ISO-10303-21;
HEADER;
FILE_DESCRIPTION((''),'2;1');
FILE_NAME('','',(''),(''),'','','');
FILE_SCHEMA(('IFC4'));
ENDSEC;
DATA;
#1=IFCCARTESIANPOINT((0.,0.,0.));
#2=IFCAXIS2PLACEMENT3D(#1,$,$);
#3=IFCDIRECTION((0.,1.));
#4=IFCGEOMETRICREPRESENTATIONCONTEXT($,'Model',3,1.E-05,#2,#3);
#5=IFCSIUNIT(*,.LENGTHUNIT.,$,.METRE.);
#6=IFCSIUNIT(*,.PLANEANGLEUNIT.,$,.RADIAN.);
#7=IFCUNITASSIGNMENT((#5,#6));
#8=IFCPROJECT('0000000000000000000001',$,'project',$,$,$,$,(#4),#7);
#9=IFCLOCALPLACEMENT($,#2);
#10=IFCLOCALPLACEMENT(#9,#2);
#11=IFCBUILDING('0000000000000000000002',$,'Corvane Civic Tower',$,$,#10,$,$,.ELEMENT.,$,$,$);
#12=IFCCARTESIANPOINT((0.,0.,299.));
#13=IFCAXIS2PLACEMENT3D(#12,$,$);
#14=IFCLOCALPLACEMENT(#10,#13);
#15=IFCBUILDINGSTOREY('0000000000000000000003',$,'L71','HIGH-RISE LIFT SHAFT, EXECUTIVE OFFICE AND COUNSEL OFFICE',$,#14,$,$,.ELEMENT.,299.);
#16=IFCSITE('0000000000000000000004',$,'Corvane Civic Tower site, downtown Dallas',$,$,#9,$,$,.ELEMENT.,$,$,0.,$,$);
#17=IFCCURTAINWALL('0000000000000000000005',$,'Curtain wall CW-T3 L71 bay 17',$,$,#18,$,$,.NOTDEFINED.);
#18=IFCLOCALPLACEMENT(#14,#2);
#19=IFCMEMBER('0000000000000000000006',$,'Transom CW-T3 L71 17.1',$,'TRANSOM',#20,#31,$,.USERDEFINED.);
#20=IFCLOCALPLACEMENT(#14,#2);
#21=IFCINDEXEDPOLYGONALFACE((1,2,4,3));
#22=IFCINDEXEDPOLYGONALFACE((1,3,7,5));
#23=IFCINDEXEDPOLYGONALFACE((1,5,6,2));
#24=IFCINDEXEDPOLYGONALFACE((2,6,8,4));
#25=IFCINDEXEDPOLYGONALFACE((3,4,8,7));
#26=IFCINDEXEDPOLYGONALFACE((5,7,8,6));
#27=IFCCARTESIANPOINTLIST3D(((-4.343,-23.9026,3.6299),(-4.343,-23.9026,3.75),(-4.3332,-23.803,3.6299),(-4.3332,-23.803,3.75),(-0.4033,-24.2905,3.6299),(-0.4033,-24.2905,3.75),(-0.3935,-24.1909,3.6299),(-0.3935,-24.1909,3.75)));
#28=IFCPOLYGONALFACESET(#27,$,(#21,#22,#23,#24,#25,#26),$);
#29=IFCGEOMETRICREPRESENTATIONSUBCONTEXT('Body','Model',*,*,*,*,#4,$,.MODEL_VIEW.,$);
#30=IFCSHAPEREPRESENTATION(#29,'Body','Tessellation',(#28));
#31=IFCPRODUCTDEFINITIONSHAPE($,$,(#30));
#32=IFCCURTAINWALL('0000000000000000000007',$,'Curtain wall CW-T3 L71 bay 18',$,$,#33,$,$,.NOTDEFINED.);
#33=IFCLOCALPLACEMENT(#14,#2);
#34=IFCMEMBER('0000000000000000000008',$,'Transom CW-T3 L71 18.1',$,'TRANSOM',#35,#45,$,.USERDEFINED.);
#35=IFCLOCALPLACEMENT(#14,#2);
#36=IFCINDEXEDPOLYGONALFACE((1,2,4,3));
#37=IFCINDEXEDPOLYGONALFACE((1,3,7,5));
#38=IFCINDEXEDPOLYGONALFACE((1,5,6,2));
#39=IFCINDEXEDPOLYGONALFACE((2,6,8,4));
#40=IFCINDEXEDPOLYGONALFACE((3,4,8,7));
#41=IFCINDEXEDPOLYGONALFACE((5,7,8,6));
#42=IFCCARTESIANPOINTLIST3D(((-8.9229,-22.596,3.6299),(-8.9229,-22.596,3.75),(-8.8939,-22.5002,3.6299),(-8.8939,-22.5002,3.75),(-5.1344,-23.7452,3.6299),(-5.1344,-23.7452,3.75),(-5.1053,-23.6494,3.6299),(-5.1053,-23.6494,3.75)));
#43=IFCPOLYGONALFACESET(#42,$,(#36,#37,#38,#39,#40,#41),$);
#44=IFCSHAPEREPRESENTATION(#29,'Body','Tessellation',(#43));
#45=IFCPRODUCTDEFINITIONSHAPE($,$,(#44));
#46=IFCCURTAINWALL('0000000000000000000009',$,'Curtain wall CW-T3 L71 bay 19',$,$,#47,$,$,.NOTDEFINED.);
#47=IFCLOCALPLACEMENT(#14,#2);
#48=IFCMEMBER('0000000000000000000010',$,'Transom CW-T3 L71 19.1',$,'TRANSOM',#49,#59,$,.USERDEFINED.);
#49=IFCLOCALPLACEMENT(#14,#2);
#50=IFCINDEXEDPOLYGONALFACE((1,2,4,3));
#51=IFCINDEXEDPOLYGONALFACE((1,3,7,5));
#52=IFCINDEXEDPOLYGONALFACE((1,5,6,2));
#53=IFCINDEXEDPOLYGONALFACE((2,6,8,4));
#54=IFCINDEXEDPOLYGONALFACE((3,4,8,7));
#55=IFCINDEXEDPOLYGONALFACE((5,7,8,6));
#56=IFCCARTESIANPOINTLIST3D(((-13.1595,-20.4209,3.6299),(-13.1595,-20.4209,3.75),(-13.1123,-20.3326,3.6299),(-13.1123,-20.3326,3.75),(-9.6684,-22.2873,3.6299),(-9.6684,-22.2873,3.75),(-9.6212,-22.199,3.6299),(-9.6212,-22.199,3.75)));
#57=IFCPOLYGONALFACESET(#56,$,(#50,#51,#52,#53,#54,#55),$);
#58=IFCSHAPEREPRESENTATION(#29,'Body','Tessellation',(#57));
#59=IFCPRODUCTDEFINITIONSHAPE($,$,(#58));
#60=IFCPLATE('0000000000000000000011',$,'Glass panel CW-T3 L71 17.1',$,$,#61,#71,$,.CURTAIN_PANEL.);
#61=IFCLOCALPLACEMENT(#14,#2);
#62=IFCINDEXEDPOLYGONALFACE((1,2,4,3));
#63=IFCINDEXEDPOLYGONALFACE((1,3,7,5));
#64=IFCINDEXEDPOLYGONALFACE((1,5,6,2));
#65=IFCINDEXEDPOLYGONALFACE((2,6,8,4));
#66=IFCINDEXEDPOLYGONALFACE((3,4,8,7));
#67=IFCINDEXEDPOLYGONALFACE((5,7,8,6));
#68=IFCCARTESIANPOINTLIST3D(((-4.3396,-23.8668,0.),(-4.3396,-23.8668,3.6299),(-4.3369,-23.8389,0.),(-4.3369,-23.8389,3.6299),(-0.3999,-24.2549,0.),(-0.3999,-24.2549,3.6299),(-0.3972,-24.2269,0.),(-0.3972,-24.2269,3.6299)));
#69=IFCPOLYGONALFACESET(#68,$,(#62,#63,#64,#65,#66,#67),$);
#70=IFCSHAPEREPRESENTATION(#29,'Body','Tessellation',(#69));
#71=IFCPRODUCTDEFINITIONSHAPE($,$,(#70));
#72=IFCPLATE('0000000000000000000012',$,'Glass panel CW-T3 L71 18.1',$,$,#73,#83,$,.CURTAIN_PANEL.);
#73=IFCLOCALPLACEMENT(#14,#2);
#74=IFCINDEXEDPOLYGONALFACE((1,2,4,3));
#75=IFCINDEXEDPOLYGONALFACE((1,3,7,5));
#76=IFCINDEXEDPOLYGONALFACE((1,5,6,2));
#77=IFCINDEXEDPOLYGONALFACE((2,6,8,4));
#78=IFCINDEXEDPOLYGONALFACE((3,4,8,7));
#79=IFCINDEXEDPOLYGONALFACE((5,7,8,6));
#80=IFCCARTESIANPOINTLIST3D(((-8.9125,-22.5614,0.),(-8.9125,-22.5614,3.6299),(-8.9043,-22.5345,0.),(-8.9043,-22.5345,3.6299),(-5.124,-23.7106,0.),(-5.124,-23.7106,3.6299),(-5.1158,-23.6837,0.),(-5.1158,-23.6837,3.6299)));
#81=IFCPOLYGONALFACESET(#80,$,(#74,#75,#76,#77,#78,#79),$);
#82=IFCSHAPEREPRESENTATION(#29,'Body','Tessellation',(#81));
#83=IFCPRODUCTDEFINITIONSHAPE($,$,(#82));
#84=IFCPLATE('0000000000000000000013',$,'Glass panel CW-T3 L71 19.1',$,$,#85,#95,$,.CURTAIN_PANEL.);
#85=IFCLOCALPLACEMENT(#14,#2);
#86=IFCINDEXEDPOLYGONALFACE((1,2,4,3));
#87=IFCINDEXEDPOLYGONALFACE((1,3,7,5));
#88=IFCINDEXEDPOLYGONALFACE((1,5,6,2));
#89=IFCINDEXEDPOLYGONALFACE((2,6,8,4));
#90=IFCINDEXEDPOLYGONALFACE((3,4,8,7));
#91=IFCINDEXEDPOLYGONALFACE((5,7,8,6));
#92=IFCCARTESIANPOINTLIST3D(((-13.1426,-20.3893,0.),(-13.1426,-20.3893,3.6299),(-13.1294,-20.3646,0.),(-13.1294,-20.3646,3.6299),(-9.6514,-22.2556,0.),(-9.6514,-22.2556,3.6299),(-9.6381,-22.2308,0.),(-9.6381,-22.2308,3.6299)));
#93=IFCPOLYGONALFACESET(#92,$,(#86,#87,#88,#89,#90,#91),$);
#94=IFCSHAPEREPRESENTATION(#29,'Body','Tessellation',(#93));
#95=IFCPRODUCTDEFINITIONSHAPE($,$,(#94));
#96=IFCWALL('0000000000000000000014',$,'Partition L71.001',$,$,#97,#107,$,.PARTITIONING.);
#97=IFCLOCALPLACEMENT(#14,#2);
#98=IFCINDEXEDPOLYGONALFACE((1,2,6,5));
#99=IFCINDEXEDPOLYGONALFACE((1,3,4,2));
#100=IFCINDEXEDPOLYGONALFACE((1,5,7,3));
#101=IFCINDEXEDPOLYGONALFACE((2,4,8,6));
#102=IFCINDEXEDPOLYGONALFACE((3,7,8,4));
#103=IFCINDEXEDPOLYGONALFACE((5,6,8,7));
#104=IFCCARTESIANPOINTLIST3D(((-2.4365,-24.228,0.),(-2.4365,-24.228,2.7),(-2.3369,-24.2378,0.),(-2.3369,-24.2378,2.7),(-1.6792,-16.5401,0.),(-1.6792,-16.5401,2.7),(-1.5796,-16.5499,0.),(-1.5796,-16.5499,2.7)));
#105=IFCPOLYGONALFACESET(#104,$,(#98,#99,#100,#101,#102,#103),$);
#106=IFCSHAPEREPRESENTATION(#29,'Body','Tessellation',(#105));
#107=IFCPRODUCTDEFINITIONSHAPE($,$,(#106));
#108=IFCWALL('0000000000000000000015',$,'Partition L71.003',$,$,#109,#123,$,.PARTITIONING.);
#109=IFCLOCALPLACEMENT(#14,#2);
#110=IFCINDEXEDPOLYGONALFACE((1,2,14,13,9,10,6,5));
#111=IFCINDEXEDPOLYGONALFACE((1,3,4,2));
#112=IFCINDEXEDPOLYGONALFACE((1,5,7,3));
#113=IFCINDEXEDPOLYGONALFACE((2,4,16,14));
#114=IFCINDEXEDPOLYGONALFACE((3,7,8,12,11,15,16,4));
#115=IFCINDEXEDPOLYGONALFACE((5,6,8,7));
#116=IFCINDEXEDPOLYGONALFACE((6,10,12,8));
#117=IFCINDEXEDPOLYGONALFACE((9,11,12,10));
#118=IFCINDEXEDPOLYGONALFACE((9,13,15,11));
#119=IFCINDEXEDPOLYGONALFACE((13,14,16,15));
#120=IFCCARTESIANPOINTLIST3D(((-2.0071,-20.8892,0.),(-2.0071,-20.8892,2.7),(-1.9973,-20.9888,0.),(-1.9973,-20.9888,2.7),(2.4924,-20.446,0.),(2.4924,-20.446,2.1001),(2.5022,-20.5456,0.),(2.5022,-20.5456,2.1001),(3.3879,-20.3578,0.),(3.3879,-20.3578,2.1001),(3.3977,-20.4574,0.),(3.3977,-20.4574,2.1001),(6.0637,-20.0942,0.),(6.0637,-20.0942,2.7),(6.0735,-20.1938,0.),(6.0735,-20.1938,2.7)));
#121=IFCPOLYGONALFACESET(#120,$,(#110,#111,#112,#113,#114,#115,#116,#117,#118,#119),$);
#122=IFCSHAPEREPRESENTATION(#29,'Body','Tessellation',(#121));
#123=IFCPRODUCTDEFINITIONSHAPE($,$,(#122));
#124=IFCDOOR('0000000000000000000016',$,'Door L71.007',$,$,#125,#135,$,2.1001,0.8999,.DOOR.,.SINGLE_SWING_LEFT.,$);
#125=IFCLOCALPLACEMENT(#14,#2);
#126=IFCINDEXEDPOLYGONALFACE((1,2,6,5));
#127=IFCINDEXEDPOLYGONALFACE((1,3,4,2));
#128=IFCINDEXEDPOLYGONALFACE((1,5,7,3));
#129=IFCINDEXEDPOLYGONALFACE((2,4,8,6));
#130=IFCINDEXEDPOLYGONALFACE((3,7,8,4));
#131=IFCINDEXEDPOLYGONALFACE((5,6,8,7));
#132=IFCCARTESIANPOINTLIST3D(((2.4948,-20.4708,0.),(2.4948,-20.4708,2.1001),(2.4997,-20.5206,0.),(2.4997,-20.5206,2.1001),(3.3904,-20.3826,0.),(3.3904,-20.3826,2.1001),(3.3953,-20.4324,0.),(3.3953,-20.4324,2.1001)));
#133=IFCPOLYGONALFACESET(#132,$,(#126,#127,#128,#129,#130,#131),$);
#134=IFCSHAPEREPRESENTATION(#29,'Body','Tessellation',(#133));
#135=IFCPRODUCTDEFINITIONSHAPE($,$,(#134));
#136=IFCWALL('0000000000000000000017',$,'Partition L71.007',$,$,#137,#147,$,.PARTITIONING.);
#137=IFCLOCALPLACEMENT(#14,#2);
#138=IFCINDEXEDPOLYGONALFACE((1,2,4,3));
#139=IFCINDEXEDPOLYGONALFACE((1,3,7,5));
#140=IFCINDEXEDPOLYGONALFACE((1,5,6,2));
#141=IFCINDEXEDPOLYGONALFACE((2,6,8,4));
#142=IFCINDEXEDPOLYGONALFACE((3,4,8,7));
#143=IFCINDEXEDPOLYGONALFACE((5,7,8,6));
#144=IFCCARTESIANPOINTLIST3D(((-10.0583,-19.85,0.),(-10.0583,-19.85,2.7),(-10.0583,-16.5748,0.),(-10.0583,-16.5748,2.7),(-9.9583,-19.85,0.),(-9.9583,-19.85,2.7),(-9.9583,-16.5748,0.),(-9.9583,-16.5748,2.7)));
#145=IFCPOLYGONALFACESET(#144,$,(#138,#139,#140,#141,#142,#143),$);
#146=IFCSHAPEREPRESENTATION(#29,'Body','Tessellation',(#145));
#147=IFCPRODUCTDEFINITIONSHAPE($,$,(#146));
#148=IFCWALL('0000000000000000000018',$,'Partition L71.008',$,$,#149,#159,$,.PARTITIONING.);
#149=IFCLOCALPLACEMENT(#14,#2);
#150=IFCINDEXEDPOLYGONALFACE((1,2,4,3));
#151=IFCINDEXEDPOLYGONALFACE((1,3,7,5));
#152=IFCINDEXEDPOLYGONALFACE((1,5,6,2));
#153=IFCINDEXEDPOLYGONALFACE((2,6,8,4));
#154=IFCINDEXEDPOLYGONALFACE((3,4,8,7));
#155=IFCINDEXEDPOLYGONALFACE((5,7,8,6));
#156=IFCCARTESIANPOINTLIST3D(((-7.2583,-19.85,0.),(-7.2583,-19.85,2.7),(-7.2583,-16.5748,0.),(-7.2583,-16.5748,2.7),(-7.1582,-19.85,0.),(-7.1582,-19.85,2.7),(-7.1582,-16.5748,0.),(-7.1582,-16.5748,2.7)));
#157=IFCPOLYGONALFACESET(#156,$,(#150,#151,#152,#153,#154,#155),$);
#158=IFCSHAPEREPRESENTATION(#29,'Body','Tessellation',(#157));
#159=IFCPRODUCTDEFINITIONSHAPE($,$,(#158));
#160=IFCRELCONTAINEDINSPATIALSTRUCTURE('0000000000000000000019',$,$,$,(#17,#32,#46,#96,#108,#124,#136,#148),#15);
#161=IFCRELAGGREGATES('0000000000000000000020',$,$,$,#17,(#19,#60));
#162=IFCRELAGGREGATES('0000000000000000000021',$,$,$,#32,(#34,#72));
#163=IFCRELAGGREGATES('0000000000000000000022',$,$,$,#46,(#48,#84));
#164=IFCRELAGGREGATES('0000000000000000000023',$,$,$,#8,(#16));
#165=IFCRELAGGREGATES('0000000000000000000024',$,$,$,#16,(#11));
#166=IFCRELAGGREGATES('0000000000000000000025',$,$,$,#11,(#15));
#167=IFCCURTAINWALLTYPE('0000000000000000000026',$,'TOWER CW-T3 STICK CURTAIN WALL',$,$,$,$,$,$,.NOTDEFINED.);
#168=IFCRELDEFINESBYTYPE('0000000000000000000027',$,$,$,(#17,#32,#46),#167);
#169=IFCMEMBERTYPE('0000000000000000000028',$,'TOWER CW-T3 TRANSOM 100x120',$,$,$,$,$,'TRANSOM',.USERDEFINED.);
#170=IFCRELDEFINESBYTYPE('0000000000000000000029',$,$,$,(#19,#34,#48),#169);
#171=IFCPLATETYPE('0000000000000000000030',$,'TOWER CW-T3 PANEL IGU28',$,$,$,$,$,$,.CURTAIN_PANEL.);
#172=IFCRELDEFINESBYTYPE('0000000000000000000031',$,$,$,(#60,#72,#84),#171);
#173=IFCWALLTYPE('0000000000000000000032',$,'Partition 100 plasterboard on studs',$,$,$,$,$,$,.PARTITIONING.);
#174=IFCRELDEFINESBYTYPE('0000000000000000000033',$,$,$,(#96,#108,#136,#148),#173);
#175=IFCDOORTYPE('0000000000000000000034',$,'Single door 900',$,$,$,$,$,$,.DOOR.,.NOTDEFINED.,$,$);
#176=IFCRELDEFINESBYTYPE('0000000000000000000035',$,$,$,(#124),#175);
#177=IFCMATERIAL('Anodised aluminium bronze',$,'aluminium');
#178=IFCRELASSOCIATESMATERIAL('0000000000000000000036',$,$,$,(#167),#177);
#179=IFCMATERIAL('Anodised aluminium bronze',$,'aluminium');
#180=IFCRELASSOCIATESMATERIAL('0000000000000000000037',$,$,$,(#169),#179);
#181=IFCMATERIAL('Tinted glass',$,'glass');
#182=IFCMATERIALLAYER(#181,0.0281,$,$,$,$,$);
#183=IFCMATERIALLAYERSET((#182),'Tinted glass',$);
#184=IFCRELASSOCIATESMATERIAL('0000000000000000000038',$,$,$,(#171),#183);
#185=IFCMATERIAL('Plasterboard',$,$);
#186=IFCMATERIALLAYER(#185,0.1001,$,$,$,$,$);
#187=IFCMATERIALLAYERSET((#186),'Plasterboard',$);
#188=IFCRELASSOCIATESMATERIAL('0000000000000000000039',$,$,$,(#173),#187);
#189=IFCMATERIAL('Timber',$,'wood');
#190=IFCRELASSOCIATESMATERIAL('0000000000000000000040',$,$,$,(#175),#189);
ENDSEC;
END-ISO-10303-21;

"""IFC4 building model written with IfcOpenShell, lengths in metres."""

from ifc_helpers import new_model, si_unit, direction, frame, frame_2d, origin, origin_2d, place, context, subcontext, project, spatial, rectangle, extrude, material, layer, layer_set, material_profile, profile_set, type_object, element, fill, aggregate, save


model = new_model("IFC4")

# Units and contexts
model_context = context("Model", 3, precision=1e-05, world=origin(), true_north=direction((0.0, 1.0)))
body_context = subcontext(model_context, "Body", "Model", "MODEL_VIEW")
ifc_project = project(units=[si_unit("LENGTHUNIT", "METRE"), si_unit("PLANEANGLEUNIT", "RADIAN")], contexts=[model_context])

# Site, building, storey
site_placement = place(None, origin())
site = spatial("IfcSite", under=ifc_project, at=site_placement, Name="Corvane Civic Tower site, downtown Dallas", CompositionType="ELEMENT", RefElevation=0.0)
building_placement = place(site_placement, origin())
building = spatial("IfcBuilding", under=site, at=building_placement, Name="Corvane Civic Tower", CompositionType="ELEMENT")
storey_placement = place(building_placement, frame((0.0, 0.0, 299.0)))
storey = spatial("IfcBuildingStorey", under=building, at=storey_placement, Name="L71", Description="HIGH-RISE LIFT SHAFT, EXECUTIVE OFFICE AND COUNSEL OFFICE", CompositionType="ELEMENT", Elevation=299.0)

# Curtain walls, members
ifc_material_1 = material(Name="Anodised aluminium bronze", Category="aluminium")
curtain_wall_type = type_object("IfcCurtainWallType", Name="TOWER CW-T3 STICK CURTAIN WALL", PredefinedType="NOTDEFINED", material=ifc_material_1)
curtain_wall_1_placement = place(storey_placement, origin())
curtain_wall_1 = element("IfcCurtainWall", 1, at=curtain_wall_1_placement, inside=storey, type_object=curtain_wall_type, Name="Curtain wall CW-T3 L71 bay 17", PredefinedType="NOTDEFINED")
ifc_material_2 = material(Name="Anodised aluminium bronze", Category="aluminium")
ifc_material_profile_1 = material_profile(ifc_material_2, rectangle(XDim=0.1001, YDim=0.1201, at=origin_2d()), Name="TOWER CW-T3 TRANSOM 100x120")
ifc_profile_set_1 = profile_set([ifc_material_profile_1], Name="Anodised aluminium bronze")
member_type = type_object("IfcMemberType", Name="TOWER CW-T3 TRANSOM 100x120", ElementType="TRANSOM", PredefinedType="USERDEFINED", material=ifc_profile_set_1)
member_1_placement = place(storey_placement, frame((-0.3984, -24.2407, 3.6899), z_axis=(-0.995187, 0.097995, 0.0), x_axis=(-0.097995, -0.995187, 0.0)))
member_1 = element("IfcMember", 2, at=member_1_placement, type_object=member_type, Name="Transom CW-T3 L71 17.1", ObjectType="TRANSOM", PredefinedType="USERDEFINED", context=body_context, shape_type="SweptSolid", body=[
    extrude(rectangle(XDim=0.1001, YDim=0.1201, at=origin_2d()), origin(), (0.0, 0.0, 1.0), 3.9587),
])
curtain_wall_2_placement = place(storey_placement, origin())
curtain_wall_2 = element("IfcCurtainWall", 3, at=curtain_wall_2_placement, inside=storey, type_object=curtain_wall_type, Name="Curtain wall CW-T3 L71 bay 18", PredefinedType="NOTDEFINED")
member_2_placement = place(storey_placement, frame((-5.1199, -23.6973, 3.6899), z_axis=(-0.956946, 0.290266, 0.0), x_axis=(-0.290266, -0.956946, 0.0)))
member_2 = element("IfcMember", 4, at=member_2_placement, type_object=member_type, Name="Transom CW-T3 L71 18.1", ObjectType="TRANSOM", PredefinedType="USERDEFINED", context=body_context, shape_type="SweptSolid", body=[
    extrude(rectangle(XDim=0.1001, YDim=0.1201, at=origin_2d()), origin(), (0.0, 0.0, 1.0), 3.959),
])
curtain_wall_3_placement = place(storey_placement, origin())
curtain_wall_3 = element("IfcCurtainWall", 5, at=curtain_wall_3_placement, inside=storey, type_object=curtain_wall_type, Name="Curtain wall CW-T3 L71 bay 19", PredefinedType="NOTDEFINED")
member_3_placement = place(storey_placement, frame((-9.6448, -22.2432, 3.6899), z_axis=(-0.881883, 0.471468, 0.0), x_axis=(-0.471468, -0.881883, 0.0)))
member_3 = element("IfcMember", 6, at=member_3_placement, type_object=member_type, Name="Transom CW-T3 L71 19.1", ObjectType="TRANSOM", PredefinedType="USERDEFINED", context=body_context, shape_type="SweptSolid", body=[
    extrude(rectangle(XDim=0.1001, YDim=0.1201, at=origin_2d()), origin(), (0.0, 0.0, 1.0), 3.9587),
])

# Plates
ifc_material_3 = material(Name="Tinted glass", Category="glass")
ifc_layer_1 = layer(ifc_material_3, 0.0281)
ifc_layer_set_1 = layer_set([ifc_layer_1], Name="Tinted glass")
plate_type = type_object("IfcPlateType", Name="TOWER CW-T3 PANEL IGU28", PredefinedType="CURTAIN_PANEL", material=ifc_layer_set_1)
plate_1_placement = place(storey_placement, frame((-2.3684, -24.0469, 0.0), z_axis=(0.0, 0.0, 1.0), x_axis=(-0.995184, 0.098021, 0.0)))
plate_1 = element("IfcPlate", 7, at=plate_1_placement, type_object=plate_type, Name="Glass panel CW-T3 L71 17.1", PredefinedType="CURTAIN_PANEL", context=body_context, shape_type="SweptSolid", body=[
    extrude(rectangle(XDim=3.9587, YDim=0.0281, at=origin_2d()), origin(), (0.0, 0.0, 1.0), 3.6299),
])
aggregate(curtain_wall_1, [member_1, plate_1])
plate_2_placement = place(storey_placement, frame((-7.0142, -23.1226, 0.0), z_axis=(0.0, 0.0, 1.0), x_axis=(-0.956944, 0.290274, 0.0)))
plate_2 = element("IfcPlate", 8, at=plate_2_placement, type_object=plate_type, Name="Glass panel CW-T3 L71 18.1", PredefinedType="CURTAIN_PANEL", context=body_context, shape_type="SweptSolid", body=[
    extrude(rectangle(XDim=3.959, YDim=0.0281, at=origin_2d()), origin(), (0.0, 0.0, 1.0), 3.6299),
])
aggregate(curtain_wall_2, [member_2, plate_2])
plate_3_placement = place(storey_placement, frame((-11.3904, -21.3101, 0.0), z_axis=(0.0, 0.0, 1.0), x_axis=(-0.881908, 0.471421, 0.0)))
plate_3 = element("IfcPlate", 9, at=plate_3_placement, type_object=plate_type, Name="Glass panel CW-T3 L71 19.1", PredefinedType="CURTAIN_PANEL", context=body_context, shape_type="SweptSolid", body=[
    extrude(rectangle(XDim=3.9587, YDim=0.0281, at=origin_2d()), origin(), (0.0, 0.0, 1.0), 3.6299),
])
aggregate(curtain_wall_3, [member_3, plate_3])

# Wall
ifc_material_4 = material(Name="Plasterboard")
ifc_layer_2 = layer(ifc_material_4, 0.1001)
ifc_layer_set_2 = layer_set([ifc_layer_2], Name="Plasterboard")
wall_type = type_object("IfcWallType", Name="Partition 100 plasterboard on studs", PredefinedType="PARTITIONING", material=ifc_layer_set_2)
wall_1_placement = place(storey_placement, frame((-2.3867, -24.2329, 0.0), z_axis=(0.0, 0.0, 1.0), x_axis=(0.098033, 0.995183, 0.0)))
element("IfcWall", 10, at=wall_1_placement, inside=storey, type_object=wall_type, Name="Partition L71.001", PredefinedType="PARTITIONING", context=body_context, shape_type="SweptSolid", body=[
    extrude(rectangle(XDim=7.7251, YDim=0.1001, at=frame_2d((3.8625, 0.0))), origin(), (0.0, 0.0, 1.0), 2.7),
])

# Wall, opening, door
wall_2_placement = place(storey_placement, frame((-2.0022, -20.939, 0.0), z_axis=(0.0, 0.0, 1.0), x_axis=(0.995185, 0.098019, 0.0)))
wall_2 = element("IfcWall", 11, at=wall_2_placement, inside=storey, type_object=wall_type, Name="Partition L71.003", PredefinedType="PARTITIONING", context=body_context, shape_type="SweptSolid", body=[
    extrude(rectangle(XDim=8.1099, YDim=0.1001, at=frame_2d((4.0549, 0.0))), origin(), (0.0, 0.0, 1.0), 2.7),
])
opening_placement = place(wall_2_placement, frame((4.5212, 0.0, 0.0)))
opening = element("IfcOpeningElement", 12, at=opening_placement, cuts=wall_2, PredefinedType="OPENING", context=body_context, shape_type="SweptSolid", body=[
    extrude(rectangle(XDim=0.8999, YDim=2.1001, at=frame_2d((0.45, 1.05))), frame((0.0, 0.0601, 0.0), z_axis=(0.0, -1.0, 0.0), x_axis=(1.0, 0.0, 0.0)), (0.0, 0.0, 1.0), 0.1201),
])
ifc_material_5 = material(Name="Timber", Category="wood")
door_type = type_object("IfcDoorType", Name="Single door 900", OperationType="NOTDEFINED", PredefinedType="DOOR", material=ifc_material_5)
door_placement = place(opening_placement, frame((0.8999, 0.0, 0.0), z_axis=(0.0, 0.0, 1.0), x_axis=(-1.0, 0.0, 0.0)))
door = element("IfcDoor", 13, at=door_placement, inside=storey, type_object=door_type, Name="Door L71.007", OperationType="SINGLE_SWING_LEFT", OverallHeight=2.1001, OverallWidth=0.8999, PredefinedType="DOOR", context=body_context, shape_type="SweptSolid", body=[
    extrude(rectangle(XDim=0.8999, YDim=2.1001, at=frame_2d((0.45, 1.05))), frame((0.0, 0.0249, 0.0), z_axis=(0.0, -1.0, 0.0), x_axis=(1.0, 0.0, 0.0)), (0.0, 0.0, 1.0), 0.05),
])
fill(opening, door)

# Walls
for number, where, z_axis, x_axis, name in (
    (14, (-10.0083, -19.8501, 0.0), (0.0, 0.0, 1.0), (0.0, 1.0, 0.0), "Partition L71.007"),
    (15, (-7.2083, -19.8501, 0.0), (0.0, 0.0, 1.0), (0.0, 1.0, 0.0), "Partition L71.008"),
):
    element("IfcWall", number, at=place(storey_placement, frame(where, z_axis=z_axis, x_axis=x_axis)), inside=storey, type_object=wall_type, Name=name, PredefinedType="PARTITIONING", context=body_context, shape_type="SweptSolid", body=[
        extrude(rectangle(XDim=3.2751, YDim=0.1001, at=frame_2d((1.6377, 0.0))), origin(), (0.0, 0.0, 1.0), 2.7),
    ])

save(model, "model.ifc")
